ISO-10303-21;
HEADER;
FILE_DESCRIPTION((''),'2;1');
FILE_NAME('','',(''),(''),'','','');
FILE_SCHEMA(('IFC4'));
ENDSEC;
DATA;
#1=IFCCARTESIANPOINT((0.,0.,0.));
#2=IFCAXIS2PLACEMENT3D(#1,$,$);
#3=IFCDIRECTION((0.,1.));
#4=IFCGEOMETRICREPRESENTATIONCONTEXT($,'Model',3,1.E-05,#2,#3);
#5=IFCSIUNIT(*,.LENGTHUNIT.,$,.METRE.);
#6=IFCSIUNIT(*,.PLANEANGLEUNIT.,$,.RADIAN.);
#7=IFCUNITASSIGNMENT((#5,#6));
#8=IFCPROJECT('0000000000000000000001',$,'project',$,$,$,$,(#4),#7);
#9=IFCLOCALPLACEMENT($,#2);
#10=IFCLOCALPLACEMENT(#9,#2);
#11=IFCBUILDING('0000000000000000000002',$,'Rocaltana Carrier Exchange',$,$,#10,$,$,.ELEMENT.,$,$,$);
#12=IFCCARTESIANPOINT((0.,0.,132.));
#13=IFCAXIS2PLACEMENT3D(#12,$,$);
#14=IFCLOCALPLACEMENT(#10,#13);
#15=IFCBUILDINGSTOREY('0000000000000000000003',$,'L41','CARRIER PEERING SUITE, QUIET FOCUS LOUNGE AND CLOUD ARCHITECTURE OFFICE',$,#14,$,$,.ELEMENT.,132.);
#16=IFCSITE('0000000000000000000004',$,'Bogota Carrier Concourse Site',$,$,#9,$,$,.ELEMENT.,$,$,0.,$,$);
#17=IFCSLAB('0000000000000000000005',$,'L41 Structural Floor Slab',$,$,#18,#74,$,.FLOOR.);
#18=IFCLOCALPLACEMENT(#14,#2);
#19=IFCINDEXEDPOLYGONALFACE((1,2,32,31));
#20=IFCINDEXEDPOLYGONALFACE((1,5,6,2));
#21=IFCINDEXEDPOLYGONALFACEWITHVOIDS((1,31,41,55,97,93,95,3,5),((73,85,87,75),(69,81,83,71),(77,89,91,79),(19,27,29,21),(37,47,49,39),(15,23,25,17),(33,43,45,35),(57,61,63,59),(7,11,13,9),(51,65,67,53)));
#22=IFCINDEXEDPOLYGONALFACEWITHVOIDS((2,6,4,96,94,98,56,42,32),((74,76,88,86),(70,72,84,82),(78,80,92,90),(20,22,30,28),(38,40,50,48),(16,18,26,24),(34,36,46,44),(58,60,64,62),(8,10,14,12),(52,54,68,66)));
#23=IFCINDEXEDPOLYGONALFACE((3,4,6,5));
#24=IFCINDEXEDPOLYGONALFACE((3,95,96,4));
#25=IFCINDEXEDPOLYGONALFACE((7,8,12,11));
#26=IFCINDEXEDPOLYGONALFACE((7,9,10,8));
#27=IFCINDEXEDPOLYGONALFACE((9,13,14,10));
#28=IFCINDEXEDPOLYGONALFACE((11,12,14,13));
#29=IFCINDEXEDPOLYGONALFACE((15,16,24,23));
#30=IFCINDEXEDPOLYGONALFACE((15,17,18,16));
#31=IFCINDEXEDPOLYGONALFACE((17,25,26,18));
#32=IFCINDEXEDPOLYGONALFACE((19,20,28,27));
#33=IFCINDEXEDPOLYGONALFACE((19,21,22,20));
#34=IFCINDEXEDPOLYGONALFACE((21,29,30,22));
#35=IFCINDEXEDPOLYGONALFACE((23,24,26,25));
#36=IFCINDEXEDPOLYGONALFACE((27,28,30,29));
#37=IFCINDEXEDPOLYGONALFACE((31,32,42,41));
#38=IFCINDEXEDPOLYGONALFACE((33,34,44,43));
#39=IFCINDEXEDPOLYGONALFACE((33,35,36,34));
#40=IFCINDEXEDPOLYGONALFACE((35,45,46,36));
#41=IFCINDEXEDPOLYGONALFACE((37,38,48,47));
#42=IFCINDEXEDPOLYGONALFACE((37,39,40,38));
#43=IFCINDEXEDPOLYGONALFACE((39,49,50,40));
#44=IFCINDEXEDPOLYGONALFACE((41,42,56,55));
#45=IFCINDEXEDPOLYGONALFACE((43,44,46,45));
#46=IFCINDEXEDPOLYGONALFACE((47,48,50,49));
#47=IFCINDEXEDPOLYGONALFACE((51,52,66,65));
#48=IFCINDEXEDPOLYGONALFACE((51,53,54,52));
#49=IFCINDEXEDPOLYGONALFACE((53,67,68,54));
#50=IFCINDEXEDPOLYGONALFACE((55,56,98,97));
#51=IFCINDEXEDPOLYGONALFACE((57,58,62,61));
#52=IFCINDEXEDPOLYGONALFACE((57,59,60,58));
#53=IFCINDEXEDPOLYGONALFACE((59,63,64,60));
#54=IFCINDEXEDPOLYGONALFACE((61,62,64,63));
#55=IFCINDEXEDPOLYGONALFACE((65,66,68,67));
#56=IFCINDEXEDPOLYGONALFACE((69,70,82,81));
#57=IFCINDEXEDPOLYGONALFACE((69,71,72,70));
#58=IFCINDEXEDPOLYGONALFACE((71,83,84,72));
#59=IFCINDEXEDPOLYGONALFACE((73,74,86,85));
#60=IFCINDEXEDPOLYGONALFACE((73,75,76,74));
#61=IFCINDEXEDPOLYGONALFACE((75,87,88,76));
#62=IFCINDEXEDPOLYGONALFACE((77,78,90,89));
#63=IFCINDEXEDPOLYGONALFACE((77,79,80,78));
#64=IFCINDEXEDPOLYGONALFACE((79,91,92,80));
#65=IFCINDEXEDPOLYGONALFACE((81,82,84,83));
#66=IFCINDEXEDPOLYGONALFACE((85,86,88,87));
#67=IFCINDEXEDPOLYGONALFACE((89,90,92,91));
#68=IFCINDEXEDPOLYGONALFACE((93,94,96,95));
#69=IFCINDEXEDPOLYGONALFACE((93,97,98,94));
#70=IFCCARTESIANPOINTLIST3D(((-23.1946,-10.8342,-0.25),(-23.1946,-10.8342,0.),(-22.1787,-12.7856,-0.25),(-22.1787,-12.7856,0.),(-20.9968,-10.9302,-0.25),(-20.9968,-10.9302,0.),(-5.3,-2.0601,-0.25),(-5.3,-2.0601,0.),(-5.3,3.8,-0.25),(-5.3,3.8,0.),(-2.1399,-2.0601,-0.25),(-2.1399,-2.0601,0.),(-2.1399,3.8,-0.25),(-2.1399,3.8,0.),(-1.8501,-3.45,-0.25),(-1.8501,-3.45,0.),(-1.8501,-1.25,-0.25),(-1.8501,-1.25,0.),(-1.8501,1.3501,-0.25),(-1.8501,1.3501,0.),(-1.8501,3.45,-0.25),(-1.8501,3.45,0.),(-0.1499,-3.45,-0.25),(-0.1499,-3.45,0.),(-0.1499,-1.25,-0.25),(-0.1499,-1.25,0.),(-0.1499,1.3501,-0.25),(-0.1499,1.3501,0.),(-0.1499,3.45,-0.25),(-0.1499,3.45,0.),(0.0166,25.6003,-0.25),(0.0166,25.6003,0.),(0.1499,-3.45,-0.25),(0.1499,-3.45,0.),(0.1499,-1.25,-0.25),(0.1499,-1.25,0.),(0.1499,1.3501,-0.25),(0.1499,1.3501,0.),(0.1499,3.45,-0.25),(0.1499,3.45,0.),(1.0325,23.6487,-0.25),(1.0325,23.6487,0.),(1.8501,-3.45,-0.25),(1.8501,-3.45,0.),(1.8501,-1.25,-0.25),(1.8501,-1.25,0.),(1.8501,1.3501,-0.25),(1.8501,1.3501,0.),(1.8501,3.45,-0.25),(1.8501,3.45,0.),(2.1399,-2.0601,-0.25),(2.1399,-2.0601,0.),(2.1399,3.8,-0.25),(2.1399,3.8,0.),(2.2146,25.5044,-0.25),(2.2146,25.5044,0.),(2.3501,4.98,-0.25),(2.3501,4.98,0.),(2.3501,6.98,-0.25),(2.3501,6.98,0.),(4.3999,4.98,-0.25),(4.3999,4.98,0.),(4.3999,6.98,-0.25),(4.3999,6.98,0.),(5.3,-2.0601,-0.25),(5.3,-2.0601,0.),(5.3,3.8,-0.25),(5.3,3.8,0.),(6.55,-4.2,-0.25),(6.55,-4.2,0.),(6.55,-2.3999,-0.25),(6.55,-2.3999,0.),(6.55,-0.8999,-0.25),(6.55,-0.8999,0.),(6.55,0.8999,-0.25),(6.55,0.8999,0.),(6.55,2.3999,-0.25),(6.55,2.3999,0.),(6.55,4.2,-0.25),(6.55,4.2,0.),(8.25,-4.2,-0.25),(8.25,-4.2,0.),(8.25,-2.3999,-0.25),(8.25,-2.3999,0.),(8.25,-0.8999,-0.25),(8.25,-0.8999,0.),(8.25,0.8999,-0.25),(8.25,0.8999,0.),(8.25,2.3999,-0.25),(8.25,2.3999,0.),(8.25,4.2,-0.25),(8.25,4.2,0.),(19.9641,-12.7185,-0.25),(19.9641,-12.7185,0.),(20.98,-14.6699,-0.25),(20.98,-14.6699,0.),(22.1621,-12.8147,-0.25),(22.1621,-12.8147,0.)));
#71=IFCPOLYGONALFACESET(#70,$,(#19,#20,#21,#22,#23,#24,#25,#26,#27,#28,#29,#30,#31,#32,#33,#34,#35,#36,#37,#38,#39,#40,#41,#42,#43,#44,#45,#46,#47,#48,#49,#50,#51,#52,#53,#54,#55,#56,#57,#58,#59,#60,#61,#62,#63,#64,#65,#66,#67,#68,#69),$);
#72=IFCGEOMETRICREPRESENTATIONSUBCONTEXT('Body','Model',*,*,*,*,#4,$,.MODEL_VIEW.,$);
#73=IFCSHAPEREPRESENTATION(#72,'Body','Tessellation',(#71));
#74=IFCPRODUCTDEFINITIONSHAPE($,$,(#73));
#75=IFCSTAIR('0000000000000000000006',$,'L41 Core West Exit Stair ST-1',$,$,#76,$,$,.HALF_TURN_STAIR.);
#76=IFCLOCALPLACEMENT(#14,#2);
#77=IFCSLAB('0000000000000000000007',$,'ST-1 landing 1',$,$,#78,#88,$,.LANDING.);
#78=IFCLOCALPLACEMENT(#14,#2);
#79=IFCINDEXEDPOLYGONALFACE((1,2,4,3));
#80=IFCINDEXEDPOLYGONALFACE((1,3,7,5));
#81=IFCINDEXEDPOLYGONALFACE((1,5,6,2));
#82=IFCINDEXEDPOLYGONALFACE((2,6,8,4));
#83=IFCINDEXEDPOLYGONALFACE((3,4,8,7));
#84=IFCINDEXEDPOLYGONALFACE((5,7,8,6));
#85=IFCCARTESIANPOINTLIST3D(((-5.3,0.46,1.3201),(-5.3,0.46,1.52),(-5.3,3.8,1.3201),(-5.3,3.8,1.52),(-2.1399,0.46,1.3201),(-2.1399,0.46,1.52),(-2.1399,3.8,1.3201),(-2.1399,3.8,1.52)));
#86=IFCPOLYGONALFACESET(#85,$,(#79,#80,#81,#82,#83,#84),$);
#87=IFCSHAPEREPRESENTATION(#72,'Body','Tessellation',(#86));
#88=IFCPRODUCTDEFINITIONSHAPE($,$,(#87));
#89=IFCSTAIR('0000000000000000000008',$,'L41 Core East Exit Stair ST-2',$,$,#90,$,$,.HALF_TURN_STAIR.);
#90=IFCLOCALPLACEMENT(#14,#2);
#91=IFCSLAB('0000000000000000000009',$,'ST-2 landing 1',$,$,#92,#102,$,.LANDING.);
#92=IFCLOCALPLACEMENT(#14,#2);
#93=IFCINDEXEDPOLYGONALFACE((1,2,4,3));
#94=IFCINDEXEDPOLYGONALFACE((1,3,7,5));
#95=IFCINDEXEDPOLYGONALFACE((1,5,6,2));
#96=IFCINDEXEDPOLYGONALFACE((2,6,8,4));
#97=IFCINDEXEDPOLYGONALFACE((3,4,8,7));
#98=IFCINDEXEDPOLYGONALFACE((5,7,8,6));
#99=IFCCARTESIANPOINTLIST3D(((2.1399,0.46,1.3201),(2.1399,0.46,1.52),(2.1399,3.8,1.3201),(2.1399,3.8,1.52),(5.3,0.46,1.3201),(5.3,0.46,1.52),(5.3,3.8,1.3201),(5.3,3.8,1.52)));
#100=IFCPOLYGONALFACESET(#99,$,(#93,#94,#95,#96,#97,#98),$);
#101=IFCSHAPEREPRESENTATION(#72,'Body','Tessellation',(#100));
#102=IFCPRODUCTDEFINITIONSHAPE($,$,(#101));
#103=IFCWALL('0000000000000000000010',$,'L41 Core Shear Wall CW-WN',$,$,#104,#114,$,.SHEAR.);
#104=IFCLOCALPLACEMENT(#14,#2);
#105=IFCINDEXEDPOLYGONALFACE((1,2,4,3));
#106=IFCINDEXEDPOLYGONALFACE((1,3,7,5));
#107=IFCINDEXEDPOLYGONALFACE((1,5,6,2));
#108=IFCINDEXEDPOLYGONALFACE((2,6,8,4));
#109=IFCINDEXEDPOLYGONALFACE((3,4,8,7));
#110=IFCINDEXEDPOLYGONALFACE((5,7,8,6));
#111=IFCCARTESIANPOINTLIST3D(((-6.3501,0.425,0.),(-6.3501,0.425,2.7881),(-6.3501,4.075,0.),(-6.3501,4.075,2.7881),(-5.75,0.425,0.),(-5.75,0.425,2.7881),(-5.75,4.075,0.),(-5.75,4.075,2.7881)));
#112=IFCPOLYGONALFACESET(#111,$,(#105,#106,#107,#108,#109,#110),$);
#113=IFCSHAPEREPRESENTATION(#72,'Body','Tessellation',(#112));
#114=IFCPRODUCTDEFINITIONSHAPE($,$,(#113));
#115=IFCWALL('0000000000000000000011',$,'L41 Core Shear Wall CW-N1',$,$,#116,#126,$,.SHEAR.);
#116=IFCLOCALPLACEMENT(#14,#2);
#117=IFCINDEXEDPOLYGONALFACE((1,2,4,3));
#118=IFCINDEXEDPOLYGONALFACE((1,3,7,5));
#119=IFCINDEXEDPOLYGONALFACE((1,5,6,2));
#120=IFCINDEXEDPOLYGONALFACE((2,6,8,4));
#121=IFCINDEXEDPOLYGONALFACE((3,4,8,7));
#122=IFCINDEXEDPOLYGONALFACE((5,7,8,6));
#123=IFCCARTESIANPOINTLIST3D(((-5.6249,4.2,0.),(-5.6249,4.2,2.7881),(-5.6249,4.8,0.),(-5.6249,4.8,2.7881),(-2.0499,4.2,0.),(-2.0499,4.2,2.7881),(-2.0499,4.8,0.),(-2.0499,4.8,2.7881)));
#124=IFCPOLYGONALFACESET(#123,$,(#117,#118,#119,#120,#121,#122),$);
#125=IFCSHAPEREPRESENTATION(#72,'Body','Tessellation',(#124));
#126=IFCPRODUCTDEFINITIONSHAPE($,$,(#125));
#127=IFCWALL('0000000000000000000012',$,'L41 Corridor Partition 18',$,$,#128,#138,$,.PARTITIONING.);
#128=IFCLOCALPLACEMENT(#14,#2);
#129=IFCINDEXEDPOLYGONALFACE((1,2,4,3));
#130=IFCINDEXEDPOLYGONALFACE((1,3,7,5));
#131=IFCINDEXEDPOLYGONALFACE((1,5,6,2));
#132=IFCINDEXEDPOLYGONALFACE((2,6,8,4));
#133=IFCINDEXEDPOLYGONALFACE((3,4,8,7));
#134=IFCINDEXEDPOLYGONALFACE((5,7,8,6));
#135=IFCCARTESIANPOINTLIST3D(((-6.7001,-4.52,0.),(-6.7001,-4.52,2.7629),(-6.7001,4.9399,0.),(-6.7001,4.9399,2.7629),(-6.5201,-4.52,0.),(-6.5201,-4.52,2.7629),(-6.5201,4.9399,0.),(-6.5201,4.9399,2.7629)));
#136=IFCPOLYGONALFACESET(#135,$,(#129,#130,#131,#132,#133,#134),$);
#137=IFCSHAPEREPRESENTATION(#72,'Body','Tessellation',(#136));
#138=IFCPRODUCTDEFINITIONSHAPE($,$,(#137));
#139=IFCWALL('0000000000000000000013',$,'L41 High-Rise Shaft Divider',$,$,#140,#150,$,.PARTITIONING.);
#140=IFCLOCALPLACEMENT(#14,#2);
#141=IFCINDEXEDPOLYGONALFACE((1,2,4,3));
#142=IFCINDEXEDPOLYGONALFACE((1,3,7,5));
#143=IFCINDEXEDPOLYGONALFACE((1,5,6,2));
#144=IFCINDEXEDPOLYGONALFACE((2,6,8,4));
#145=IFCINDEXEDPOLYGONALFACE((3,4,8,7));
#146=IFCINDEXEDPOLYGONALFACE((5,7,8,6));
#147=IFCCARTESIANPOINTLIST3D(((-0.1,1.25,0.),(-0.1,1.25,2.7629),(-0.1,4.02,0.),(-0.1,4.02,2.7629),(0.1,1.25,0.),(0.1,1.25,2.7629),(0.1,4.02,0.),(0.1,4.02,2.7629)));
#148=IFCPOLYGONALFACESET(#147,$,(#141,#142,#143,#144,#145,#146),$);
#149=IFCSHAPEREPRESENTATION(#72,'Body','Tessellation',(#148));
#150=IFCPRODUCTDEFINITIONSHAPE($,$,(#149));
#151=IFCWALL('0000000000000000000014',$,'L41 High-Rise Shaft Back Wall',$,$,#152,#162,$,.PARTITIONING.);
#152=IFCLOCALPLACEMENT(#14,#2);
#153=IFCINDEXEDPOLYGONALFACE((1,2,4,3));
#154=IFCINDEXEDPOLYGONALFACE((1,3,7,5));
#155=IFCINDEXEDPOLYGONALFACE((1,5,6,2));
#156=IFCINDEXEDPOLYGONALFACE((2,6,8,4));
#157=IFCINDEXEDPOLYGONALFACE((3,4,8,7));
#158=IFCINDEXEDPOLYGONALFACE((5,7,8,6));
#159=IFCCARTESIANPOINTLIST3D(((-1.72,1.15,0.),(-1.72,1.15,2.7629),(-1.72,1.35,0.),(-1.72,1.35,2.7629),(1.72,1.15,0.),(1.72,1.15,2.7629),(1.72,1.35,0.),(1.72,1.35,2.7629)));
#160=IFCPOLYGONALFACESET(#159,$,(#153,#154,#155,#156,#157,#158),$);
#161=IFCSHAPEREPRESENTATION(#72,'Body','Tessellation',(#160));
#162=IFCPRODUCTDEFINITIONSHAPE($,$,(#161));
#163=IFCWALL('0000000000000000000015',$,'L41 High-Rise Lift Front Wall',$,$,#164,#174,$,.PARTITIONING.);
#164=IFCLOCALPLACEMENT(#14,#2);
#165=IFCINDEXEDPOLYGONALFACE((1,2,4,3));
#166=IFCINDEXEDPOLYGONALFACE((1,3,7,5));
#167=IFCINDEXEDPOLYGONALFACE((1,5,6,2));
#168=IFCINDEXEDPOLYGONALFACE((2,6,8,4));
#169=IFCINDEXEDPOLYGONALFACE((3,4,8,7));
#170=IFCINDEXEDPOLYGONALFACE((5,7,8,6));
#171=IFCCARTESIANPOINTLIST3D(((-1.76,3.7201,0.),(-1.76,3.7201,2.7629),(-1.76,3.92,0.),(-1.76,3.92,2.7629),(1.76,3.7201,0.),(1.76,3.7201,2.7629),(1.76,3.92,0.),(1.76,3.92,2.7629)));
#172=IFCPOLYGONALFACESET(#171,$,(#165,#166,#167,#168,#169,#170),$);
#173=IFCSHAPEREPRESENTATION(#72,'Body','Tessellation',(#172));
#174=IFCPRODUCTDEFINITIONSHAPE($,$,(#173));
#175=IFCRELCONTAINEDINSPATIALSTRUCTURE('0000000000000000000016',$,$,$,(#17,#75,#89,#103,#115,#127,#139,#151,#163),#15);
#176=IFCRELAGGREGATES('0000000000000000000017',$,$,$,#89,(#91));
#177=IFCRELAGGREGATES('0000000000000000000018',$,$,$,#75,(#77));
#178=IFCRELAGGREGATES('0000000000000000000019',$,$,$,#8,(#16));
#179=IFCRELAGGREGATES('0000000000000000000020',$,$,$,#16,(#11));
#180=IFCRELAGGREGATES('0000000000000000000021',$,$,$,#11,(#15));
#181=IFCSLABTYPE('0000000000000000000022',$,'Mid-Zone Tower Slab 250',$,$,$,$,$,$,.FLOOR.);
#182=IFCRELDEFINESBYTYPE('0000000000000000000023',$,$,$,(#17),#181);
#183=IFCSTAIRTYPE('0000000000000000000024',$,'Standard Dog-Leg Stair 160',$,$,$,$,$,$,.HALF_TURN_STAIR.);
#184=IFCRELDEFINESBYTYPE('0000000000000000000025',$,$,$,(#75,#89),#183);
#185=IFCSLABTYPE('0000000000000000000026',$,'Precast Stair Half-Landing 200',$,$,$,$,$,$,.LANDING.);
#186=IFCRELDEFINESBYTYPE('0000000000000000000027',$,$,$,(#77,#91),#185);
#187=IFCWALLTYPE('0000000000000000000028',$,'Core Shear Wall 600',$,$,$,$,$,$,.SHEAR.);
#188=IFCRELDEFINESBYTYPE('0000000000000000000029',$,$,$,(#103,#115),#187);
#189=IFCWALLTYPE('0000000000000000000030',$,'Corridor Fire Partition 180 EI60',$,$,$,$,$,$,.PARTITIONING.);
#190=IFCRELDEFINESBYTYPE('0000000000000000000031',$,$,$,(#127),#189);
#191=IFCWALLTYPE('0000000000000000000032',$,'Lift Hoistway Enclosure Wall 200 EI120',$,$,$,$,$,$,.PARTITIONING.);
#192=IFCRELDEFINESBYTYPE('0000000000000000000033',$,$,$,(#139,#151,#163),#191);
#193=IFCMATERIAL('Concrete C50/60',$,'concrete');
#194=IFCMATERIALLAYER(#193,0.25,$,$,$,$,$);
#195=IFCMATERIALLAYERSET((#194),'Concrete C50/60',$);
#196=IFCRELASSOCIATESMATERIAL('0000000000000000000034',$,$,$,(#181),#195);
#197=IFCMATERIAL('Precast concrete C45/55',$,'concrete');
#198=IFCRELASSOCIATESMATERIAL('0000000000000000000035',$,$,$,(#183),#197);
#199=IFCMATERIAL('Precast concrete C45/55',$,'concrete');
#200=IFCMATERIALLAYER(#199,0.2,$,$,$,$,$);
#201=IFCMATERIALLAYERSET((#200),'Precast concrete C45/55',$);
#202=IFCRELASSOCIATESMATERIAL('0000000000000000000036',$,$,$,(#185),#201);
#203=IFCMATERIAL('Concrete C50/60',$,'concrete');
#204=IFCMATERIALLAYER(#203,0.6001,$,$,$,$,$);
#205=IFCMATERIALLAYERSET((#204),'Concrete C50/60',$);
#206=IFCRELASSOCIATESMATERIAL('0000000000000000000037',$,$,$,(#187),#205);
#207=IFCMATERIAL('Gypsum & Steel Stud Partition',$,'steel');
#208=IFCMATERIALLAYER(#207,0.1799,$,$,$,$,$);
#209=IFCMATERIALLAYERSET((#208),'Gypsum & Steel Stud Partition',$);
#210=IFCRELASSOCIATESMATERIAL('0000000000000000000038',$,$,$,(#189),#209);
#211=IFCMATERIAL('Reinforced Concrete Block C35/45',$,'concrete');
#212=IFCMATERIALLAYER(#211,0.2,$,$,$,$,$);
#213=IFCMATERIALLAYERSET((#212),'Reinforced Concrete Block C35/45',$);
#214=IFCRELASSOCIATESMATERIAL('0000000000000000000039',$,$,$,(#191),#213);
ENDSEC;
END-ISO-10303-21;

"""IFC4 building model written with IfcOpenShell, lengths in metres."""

from ifc_helpers import new_model, si_unit, direction, frame, frame_2d, origin, place, context, subcontext, project, spatial, polyline, rectangle, outline, extrude, material, layer, layer_set, type_object, element, aggregate, save


model = new_model("IFC4")

# Units and contexts
model_context = context("Model", 3, precision=1e-05, world=origin(), true_north=direction((0.0, 1.0)))
body_context = subcontext(model_context, "Body", "Model", "MODEL_VIEW")
ifc_project = project(units=[si_unit("LENGTHUNIT", "METRE"), si_unit("PLANEANGLEUNIT", "RADIAN")], contexts=[model_context])

# Site, building, storey
site_placement = place(None, origin())
site = spatial("IfcSite", under=ifc_project, at=site_placement, Name="Bogota Carrier Concourse Site", CompositionType="ELEMENT", RefElevation=0.0)
building_placement = place(site_placement, origin())
building = spatial("IfcBuilding", under=site, at=building_placement, Name="Rocaltana Carrier Exchange", CompositionType="ELEMENT")
storey_placement = place(building_placement, frame((0.0, 0.0, 132.0)))
storey = spatial("IfcBuildingStorey", under=building, at=storey_placement, Name="L41", Description="CARRIER PEERING SUITE, QUIET FOCUS LOUNGE AND CLOUD ARCHITECTURE OFFICE", CompositionType="ELEMENT", Elevation=132.0)

# Slab
ifc_material_1 = material(Name="Concrete C50/60", Category="concrete")
ifc_layer_1 = layer(ifc_material_1, 0.25)
ifc_layer_set_1 = layer_set([ifc_layer_1], Name="Concrete C50/60")
slab_type_1 = type_object("IfcSlabType", Name="Mid-Zone Tower Slab 250", PredefinedType="FLOOR", material=ifc_layer_set_1)
slab_1_placement = place(storey_placement, frame((0.0, 0.0, -0.25)))
element("IfcSlab", 1, at=slab_1_placement, inside=storey, type_object=slab_type_1, Name="L41 Structural Floor Slab", PredefinedType="FLOOR", context=body_context, shape_type="SweptSolid", body=[
    extrude(outline(polyline([(20.98, -14.6699), (19.9641, -12.7185), (22.1621, -12.8147), (2.2146, 25.5044), (1.0325, 23.6487), (0.0166, 25.6003), (-23.1946, -10.8342), (-20.9968, -10.9302), (-22.1787, -12.7856), (20.98, -14.6699)]), holes=[polyline([(-5.3, -2.0601), (-2.1399, -2.0601), (-2.1399, 3.8), (-5.3, 3.8), (-5.3, -2.0601)]), polyline([(2.1399, -2.0601), (5.3, -2.0601), (5.3, 3.8), (2.1399, 3.8), (2.1399, -2.0601)]), polyline([(-1.8501, -3.45), (-0.1499, -3.45), (-0.1499, -1.25), (-1.8501, -1.25), (-1.8501, -3.45)]), polyline([(0.1499, -3.45), (1.8501, -3.45), (1.8501, -1.25), (0.1499, -1.25), (0.1499, -3.45)]), polyline([(2.3501, 4.98), (4.3999, 4.98), (4.3999, 6.98), (2.3501, 6.98), (2.3501, 4.98)]), polyline([(-1.8501, 1.3501), (-0.1499, 1.3501), (-0.1499, 3.45), (-1.8501, 3.45), (-1.8501, 1.3501)]), polyline([(0.1499, 1.3501), (1.8501, 1.3501), (1.8501, 3.45), (0.1499, 3.45), (0.1499, 1.3501)]), polyline([(6.55, -4.2), (8.25, -4.2), (8.25, -2.3999), (6.55, -2.3999), (6.55, -4.2)]), polyline([(6.55, -0.8999), (8.25, -0.8999), (8.25, 0.8999), (6.55, 0.8999), (6.55, -0.8999)]), polyline([(6.55, 2.3999), (8.25, 2.3999), (8.25, 4.2), (6.55, 4.2), (6.55, 2.3999)])]), origin(), (0.0, 0.0, 1.0), 0.25),
])

# Stairs, slabs
ifc_material_2 = material(Name="Precast concrete C45/55", Category="concrete")
stair_type = type_object("IfcStairType", Name="Standard Dog-Leg Stair 160", PredefinedType="HALF_TURN_STAIR", material=ifc_material_2)
stair_1_placement = place(storey_placement, origin())
stair_1 = element("IfcStair", 2, at=stair_1_placement, inside=storey, type_object=stair_type, Name="L41 Core West Exit Stair ST-1", PredefinedType="HALF_TURN_STAIR")
ifc_material_3 = material(Name="Precast concrete C45/55", Category="concrete")
ifc_layer_2 = layer(ifc_material_3, 0.2)
ifc_layer_set_2 = layer_set([ifc_layer_2], Name="Precast concrete C45/55")
slab_type_2 = type_object("IfcSlabType", Name="Precast Stair Half-Landing 200", PredefinedType="LANDING", material=ifc_layer_set_2)
slab_2_placement = place(storey_placement, frame((0.0, 0.0, 1.3201)))
slab_2 = element("IfcSlab", 3, at=slab_2_placement, type_object=slab_type_2, Name="ST-1 landing 1", PredefinedType="LANDING", context=body_context, shape_type="SweptSolid", body=[
    extrude(outline(polyline([(-2.1399, 0.46), (-2.1399, 3.8), (-5.3, 3.8), (-5.3, 0.46), (-2.1399, 0.46)])), origin(), (0.0, 0.0, 1.0), 0.2),
])
stair_2_placement = place(storey_placement, origin())
stair_2 = element("IfcStair", 4, at=stair_2_placement, inside=storey, type_object=stair_type, Name="L41 Core East Exit Stair ST-2", PredefinedType="HALF_TURN_STAIR")
slab_3_placement = place(storey_placement, frame((0.0, 0.0, 1.3201)))
slab_3 = element("IfcSlab", 5, at=slab_3_placement, type_object=slab_type_2, Name="ST-2 landing 1", PredefinedType="LANDING", context=body_context, shape_type="SweptSolid", body=[
    extrude(outline(polyline([(5.3, 0.46), (5.3, 3.8), (2.1399, 3.8), (2.1399, 0.46), (5.3, 0.46)])), origin(), (0.0, 0.0, 1.0), 0.2),
])
aggregate(stair_2, [slab_3])

# Walls
ifc_material_4 = material(Name="Concrete C50/60", Category="concrete")
ifc_layer_3 = layer(ifc_material_4, 0.6001)
ifc_layer_set_3 = layer_set([ifc_layer_3], Name="Concrete C50/60")
wall_type_1 = type_object("IfcWallType", Name="Core Shear Wall 600", PredefinedType="SHEAR", material=ifc_layer_set_3)
wall_1_placement = place(storey_placement, frame((-6.05, 0.425, 0.0), z_axis=(0.0, 0.0, 1.0), x_axis=(0.0, 1.0, 0.0)))
element("IfcWall", 6, at=wall_1_placement, inside=storey, type_object=wall_type_1, Name="L41 Core Shear Wall CW-WN", PredefinedType="SHEAR", context=body_context, shape_type="SweptSolid", body=[
    extrude(rectangle(XDim=3.6499, YDim=0.6001, at=frame_2d((1.825, 0.0))), origin(), (0.0, 0.0, 1.0), 2.7881),
])
wall_2_placement = place(storey_placement, frame((-5.625, 4.5, 0.0), z_axis=(0.0, 0.0, 1.0), x_axis=(1.0, 0.0, 0.0)))
element("IfcWall", 7, at=wall_2_placement, inside=storey, type_object=wall_type_1, Name="L41 Core Shear Wall CW-N1", PredefinedType="SHEAR", context=body_context, shape_type="SweptSolid", body=[
    extrude(rectangle(XDim=3.575, YDim=0.6001, at=frame_2d((1.7876, 0.0))), origin(), (0.0, 0.0, 1.0), 2.7881),
])
ifc_material_5 = material(Name="Gypsum & Steel Stud Partition", Category="steel")
ifc_layer_4 = layer(ifc_material_5, 0.1799)
ifc_layer_set_4 = layer_set([ifc_layer_4], Name="Gypsum & Steel Stud Partition")
wall_type_2 = type_object("IfcWallType", Name="Corridor Fire Partition 180 EI60", PredefinedType="PARTITIONING", material=ifc_layer_set_4)
wall_3_placement = place(storey_placement, frame((-6.6101, 4.9399, 0.0), z_axis=(0.0, 0.0, 1.0), x_axis=(0.0, -1.0, 0.0)))
element("IfcWall", 8, at=wall_3_placement, inside=storey, type_object=wall_type_2, Name="L41 Corridor Partition 18", PredefinedType="PARTITIONING", context=body_context, shape_type="SweptSolid", body=[
    extrude(rectangle(XDim=9.46, YDim=0.1799, at=frame_2d((4.73, 0.0))), origin(), (0.0, 0.0, 1.0), 2.7629),
])
ifc_material_6 = material(Name="Reinforced Concrete Block C35/45", Category="concrete")
ifc_layer_5 = layer(ifc_material_6, 0.2)
ifc_layer_set_5 = layer_set([ifc_layer_5], Name="Reinforced Concrete Block C35/45")
wall_type_3 = type_object("IfcWallType", Name="Lift Hoistway Enclosure Wall 200 EI120", PredefinedType="PARTITIONING", material=ifc_layer_set_5)
wall_4_placement = place(storey_placement, frame((0.0, 1.25, 0.0), z_axis=(0.0, 0.0, 1.0), x_axis=(0.0, 1.0, 0.0)))
element("IfcWall", 9, at=wall_4_placement, inside=storey, type_object=wall_type_3, Name="L41 High-Rise Shaft Divider", PredefinedType="PARTITIONING", context=body_context, shape_type="SweptSolid", body=[
    extrude(rectangle(XDim=2.77, YDim=0.2, at=frame_2d((1.385, 0.0))), origin(), (0.0, 0.0, 1.0), 2.7629),
])
wall_5_placement = place(storey_placement, frame((-1.72, 1.25, 0.0), z_axis=(0.0, 0.0, 1.0), x_axis=(1.0, 0.0, 0.0)))
element("IfcWall", 10, at=wall_5_placement, inside=storey, type_object=wall_type_3, Name="L41 High-Rise Shaft Back Wall", PredefinedType="PARTITIONING", context=body_context, shape_type="SweptSolid", body=[
    extrude(rectangle(XDim=3.4399, YDim=0.2, at=frame_2d((1.72, 0.0))), origin(), (0.0, 0.0, 1.0), 2.7629),
])
wall_6_placement = place(storey_placement, frame((-1.76, 3.8201, 0.0), z_axis=(0.0, 0.0, 1.0), x_axis=(1.0, 0.0, 0.0)))
element("IfcWall", 11, at=wall_6_placement, inside=storey, type_object=wall_type_3, Name="L41 High-Rise Lift Front Wall", PredefinedType="PARTITIONING", context=body_context, shape_type="SweptSolid", body=[
    extrude(rectangle(XDim=3.52, YDim=0.2, at=frame_2d((1.76, 0.0))), origin(), (0.0, 0.0, 1.0), 2.7629),
])

aggregate(stair_1, [slab_2])

save(model, "model.ifc")
